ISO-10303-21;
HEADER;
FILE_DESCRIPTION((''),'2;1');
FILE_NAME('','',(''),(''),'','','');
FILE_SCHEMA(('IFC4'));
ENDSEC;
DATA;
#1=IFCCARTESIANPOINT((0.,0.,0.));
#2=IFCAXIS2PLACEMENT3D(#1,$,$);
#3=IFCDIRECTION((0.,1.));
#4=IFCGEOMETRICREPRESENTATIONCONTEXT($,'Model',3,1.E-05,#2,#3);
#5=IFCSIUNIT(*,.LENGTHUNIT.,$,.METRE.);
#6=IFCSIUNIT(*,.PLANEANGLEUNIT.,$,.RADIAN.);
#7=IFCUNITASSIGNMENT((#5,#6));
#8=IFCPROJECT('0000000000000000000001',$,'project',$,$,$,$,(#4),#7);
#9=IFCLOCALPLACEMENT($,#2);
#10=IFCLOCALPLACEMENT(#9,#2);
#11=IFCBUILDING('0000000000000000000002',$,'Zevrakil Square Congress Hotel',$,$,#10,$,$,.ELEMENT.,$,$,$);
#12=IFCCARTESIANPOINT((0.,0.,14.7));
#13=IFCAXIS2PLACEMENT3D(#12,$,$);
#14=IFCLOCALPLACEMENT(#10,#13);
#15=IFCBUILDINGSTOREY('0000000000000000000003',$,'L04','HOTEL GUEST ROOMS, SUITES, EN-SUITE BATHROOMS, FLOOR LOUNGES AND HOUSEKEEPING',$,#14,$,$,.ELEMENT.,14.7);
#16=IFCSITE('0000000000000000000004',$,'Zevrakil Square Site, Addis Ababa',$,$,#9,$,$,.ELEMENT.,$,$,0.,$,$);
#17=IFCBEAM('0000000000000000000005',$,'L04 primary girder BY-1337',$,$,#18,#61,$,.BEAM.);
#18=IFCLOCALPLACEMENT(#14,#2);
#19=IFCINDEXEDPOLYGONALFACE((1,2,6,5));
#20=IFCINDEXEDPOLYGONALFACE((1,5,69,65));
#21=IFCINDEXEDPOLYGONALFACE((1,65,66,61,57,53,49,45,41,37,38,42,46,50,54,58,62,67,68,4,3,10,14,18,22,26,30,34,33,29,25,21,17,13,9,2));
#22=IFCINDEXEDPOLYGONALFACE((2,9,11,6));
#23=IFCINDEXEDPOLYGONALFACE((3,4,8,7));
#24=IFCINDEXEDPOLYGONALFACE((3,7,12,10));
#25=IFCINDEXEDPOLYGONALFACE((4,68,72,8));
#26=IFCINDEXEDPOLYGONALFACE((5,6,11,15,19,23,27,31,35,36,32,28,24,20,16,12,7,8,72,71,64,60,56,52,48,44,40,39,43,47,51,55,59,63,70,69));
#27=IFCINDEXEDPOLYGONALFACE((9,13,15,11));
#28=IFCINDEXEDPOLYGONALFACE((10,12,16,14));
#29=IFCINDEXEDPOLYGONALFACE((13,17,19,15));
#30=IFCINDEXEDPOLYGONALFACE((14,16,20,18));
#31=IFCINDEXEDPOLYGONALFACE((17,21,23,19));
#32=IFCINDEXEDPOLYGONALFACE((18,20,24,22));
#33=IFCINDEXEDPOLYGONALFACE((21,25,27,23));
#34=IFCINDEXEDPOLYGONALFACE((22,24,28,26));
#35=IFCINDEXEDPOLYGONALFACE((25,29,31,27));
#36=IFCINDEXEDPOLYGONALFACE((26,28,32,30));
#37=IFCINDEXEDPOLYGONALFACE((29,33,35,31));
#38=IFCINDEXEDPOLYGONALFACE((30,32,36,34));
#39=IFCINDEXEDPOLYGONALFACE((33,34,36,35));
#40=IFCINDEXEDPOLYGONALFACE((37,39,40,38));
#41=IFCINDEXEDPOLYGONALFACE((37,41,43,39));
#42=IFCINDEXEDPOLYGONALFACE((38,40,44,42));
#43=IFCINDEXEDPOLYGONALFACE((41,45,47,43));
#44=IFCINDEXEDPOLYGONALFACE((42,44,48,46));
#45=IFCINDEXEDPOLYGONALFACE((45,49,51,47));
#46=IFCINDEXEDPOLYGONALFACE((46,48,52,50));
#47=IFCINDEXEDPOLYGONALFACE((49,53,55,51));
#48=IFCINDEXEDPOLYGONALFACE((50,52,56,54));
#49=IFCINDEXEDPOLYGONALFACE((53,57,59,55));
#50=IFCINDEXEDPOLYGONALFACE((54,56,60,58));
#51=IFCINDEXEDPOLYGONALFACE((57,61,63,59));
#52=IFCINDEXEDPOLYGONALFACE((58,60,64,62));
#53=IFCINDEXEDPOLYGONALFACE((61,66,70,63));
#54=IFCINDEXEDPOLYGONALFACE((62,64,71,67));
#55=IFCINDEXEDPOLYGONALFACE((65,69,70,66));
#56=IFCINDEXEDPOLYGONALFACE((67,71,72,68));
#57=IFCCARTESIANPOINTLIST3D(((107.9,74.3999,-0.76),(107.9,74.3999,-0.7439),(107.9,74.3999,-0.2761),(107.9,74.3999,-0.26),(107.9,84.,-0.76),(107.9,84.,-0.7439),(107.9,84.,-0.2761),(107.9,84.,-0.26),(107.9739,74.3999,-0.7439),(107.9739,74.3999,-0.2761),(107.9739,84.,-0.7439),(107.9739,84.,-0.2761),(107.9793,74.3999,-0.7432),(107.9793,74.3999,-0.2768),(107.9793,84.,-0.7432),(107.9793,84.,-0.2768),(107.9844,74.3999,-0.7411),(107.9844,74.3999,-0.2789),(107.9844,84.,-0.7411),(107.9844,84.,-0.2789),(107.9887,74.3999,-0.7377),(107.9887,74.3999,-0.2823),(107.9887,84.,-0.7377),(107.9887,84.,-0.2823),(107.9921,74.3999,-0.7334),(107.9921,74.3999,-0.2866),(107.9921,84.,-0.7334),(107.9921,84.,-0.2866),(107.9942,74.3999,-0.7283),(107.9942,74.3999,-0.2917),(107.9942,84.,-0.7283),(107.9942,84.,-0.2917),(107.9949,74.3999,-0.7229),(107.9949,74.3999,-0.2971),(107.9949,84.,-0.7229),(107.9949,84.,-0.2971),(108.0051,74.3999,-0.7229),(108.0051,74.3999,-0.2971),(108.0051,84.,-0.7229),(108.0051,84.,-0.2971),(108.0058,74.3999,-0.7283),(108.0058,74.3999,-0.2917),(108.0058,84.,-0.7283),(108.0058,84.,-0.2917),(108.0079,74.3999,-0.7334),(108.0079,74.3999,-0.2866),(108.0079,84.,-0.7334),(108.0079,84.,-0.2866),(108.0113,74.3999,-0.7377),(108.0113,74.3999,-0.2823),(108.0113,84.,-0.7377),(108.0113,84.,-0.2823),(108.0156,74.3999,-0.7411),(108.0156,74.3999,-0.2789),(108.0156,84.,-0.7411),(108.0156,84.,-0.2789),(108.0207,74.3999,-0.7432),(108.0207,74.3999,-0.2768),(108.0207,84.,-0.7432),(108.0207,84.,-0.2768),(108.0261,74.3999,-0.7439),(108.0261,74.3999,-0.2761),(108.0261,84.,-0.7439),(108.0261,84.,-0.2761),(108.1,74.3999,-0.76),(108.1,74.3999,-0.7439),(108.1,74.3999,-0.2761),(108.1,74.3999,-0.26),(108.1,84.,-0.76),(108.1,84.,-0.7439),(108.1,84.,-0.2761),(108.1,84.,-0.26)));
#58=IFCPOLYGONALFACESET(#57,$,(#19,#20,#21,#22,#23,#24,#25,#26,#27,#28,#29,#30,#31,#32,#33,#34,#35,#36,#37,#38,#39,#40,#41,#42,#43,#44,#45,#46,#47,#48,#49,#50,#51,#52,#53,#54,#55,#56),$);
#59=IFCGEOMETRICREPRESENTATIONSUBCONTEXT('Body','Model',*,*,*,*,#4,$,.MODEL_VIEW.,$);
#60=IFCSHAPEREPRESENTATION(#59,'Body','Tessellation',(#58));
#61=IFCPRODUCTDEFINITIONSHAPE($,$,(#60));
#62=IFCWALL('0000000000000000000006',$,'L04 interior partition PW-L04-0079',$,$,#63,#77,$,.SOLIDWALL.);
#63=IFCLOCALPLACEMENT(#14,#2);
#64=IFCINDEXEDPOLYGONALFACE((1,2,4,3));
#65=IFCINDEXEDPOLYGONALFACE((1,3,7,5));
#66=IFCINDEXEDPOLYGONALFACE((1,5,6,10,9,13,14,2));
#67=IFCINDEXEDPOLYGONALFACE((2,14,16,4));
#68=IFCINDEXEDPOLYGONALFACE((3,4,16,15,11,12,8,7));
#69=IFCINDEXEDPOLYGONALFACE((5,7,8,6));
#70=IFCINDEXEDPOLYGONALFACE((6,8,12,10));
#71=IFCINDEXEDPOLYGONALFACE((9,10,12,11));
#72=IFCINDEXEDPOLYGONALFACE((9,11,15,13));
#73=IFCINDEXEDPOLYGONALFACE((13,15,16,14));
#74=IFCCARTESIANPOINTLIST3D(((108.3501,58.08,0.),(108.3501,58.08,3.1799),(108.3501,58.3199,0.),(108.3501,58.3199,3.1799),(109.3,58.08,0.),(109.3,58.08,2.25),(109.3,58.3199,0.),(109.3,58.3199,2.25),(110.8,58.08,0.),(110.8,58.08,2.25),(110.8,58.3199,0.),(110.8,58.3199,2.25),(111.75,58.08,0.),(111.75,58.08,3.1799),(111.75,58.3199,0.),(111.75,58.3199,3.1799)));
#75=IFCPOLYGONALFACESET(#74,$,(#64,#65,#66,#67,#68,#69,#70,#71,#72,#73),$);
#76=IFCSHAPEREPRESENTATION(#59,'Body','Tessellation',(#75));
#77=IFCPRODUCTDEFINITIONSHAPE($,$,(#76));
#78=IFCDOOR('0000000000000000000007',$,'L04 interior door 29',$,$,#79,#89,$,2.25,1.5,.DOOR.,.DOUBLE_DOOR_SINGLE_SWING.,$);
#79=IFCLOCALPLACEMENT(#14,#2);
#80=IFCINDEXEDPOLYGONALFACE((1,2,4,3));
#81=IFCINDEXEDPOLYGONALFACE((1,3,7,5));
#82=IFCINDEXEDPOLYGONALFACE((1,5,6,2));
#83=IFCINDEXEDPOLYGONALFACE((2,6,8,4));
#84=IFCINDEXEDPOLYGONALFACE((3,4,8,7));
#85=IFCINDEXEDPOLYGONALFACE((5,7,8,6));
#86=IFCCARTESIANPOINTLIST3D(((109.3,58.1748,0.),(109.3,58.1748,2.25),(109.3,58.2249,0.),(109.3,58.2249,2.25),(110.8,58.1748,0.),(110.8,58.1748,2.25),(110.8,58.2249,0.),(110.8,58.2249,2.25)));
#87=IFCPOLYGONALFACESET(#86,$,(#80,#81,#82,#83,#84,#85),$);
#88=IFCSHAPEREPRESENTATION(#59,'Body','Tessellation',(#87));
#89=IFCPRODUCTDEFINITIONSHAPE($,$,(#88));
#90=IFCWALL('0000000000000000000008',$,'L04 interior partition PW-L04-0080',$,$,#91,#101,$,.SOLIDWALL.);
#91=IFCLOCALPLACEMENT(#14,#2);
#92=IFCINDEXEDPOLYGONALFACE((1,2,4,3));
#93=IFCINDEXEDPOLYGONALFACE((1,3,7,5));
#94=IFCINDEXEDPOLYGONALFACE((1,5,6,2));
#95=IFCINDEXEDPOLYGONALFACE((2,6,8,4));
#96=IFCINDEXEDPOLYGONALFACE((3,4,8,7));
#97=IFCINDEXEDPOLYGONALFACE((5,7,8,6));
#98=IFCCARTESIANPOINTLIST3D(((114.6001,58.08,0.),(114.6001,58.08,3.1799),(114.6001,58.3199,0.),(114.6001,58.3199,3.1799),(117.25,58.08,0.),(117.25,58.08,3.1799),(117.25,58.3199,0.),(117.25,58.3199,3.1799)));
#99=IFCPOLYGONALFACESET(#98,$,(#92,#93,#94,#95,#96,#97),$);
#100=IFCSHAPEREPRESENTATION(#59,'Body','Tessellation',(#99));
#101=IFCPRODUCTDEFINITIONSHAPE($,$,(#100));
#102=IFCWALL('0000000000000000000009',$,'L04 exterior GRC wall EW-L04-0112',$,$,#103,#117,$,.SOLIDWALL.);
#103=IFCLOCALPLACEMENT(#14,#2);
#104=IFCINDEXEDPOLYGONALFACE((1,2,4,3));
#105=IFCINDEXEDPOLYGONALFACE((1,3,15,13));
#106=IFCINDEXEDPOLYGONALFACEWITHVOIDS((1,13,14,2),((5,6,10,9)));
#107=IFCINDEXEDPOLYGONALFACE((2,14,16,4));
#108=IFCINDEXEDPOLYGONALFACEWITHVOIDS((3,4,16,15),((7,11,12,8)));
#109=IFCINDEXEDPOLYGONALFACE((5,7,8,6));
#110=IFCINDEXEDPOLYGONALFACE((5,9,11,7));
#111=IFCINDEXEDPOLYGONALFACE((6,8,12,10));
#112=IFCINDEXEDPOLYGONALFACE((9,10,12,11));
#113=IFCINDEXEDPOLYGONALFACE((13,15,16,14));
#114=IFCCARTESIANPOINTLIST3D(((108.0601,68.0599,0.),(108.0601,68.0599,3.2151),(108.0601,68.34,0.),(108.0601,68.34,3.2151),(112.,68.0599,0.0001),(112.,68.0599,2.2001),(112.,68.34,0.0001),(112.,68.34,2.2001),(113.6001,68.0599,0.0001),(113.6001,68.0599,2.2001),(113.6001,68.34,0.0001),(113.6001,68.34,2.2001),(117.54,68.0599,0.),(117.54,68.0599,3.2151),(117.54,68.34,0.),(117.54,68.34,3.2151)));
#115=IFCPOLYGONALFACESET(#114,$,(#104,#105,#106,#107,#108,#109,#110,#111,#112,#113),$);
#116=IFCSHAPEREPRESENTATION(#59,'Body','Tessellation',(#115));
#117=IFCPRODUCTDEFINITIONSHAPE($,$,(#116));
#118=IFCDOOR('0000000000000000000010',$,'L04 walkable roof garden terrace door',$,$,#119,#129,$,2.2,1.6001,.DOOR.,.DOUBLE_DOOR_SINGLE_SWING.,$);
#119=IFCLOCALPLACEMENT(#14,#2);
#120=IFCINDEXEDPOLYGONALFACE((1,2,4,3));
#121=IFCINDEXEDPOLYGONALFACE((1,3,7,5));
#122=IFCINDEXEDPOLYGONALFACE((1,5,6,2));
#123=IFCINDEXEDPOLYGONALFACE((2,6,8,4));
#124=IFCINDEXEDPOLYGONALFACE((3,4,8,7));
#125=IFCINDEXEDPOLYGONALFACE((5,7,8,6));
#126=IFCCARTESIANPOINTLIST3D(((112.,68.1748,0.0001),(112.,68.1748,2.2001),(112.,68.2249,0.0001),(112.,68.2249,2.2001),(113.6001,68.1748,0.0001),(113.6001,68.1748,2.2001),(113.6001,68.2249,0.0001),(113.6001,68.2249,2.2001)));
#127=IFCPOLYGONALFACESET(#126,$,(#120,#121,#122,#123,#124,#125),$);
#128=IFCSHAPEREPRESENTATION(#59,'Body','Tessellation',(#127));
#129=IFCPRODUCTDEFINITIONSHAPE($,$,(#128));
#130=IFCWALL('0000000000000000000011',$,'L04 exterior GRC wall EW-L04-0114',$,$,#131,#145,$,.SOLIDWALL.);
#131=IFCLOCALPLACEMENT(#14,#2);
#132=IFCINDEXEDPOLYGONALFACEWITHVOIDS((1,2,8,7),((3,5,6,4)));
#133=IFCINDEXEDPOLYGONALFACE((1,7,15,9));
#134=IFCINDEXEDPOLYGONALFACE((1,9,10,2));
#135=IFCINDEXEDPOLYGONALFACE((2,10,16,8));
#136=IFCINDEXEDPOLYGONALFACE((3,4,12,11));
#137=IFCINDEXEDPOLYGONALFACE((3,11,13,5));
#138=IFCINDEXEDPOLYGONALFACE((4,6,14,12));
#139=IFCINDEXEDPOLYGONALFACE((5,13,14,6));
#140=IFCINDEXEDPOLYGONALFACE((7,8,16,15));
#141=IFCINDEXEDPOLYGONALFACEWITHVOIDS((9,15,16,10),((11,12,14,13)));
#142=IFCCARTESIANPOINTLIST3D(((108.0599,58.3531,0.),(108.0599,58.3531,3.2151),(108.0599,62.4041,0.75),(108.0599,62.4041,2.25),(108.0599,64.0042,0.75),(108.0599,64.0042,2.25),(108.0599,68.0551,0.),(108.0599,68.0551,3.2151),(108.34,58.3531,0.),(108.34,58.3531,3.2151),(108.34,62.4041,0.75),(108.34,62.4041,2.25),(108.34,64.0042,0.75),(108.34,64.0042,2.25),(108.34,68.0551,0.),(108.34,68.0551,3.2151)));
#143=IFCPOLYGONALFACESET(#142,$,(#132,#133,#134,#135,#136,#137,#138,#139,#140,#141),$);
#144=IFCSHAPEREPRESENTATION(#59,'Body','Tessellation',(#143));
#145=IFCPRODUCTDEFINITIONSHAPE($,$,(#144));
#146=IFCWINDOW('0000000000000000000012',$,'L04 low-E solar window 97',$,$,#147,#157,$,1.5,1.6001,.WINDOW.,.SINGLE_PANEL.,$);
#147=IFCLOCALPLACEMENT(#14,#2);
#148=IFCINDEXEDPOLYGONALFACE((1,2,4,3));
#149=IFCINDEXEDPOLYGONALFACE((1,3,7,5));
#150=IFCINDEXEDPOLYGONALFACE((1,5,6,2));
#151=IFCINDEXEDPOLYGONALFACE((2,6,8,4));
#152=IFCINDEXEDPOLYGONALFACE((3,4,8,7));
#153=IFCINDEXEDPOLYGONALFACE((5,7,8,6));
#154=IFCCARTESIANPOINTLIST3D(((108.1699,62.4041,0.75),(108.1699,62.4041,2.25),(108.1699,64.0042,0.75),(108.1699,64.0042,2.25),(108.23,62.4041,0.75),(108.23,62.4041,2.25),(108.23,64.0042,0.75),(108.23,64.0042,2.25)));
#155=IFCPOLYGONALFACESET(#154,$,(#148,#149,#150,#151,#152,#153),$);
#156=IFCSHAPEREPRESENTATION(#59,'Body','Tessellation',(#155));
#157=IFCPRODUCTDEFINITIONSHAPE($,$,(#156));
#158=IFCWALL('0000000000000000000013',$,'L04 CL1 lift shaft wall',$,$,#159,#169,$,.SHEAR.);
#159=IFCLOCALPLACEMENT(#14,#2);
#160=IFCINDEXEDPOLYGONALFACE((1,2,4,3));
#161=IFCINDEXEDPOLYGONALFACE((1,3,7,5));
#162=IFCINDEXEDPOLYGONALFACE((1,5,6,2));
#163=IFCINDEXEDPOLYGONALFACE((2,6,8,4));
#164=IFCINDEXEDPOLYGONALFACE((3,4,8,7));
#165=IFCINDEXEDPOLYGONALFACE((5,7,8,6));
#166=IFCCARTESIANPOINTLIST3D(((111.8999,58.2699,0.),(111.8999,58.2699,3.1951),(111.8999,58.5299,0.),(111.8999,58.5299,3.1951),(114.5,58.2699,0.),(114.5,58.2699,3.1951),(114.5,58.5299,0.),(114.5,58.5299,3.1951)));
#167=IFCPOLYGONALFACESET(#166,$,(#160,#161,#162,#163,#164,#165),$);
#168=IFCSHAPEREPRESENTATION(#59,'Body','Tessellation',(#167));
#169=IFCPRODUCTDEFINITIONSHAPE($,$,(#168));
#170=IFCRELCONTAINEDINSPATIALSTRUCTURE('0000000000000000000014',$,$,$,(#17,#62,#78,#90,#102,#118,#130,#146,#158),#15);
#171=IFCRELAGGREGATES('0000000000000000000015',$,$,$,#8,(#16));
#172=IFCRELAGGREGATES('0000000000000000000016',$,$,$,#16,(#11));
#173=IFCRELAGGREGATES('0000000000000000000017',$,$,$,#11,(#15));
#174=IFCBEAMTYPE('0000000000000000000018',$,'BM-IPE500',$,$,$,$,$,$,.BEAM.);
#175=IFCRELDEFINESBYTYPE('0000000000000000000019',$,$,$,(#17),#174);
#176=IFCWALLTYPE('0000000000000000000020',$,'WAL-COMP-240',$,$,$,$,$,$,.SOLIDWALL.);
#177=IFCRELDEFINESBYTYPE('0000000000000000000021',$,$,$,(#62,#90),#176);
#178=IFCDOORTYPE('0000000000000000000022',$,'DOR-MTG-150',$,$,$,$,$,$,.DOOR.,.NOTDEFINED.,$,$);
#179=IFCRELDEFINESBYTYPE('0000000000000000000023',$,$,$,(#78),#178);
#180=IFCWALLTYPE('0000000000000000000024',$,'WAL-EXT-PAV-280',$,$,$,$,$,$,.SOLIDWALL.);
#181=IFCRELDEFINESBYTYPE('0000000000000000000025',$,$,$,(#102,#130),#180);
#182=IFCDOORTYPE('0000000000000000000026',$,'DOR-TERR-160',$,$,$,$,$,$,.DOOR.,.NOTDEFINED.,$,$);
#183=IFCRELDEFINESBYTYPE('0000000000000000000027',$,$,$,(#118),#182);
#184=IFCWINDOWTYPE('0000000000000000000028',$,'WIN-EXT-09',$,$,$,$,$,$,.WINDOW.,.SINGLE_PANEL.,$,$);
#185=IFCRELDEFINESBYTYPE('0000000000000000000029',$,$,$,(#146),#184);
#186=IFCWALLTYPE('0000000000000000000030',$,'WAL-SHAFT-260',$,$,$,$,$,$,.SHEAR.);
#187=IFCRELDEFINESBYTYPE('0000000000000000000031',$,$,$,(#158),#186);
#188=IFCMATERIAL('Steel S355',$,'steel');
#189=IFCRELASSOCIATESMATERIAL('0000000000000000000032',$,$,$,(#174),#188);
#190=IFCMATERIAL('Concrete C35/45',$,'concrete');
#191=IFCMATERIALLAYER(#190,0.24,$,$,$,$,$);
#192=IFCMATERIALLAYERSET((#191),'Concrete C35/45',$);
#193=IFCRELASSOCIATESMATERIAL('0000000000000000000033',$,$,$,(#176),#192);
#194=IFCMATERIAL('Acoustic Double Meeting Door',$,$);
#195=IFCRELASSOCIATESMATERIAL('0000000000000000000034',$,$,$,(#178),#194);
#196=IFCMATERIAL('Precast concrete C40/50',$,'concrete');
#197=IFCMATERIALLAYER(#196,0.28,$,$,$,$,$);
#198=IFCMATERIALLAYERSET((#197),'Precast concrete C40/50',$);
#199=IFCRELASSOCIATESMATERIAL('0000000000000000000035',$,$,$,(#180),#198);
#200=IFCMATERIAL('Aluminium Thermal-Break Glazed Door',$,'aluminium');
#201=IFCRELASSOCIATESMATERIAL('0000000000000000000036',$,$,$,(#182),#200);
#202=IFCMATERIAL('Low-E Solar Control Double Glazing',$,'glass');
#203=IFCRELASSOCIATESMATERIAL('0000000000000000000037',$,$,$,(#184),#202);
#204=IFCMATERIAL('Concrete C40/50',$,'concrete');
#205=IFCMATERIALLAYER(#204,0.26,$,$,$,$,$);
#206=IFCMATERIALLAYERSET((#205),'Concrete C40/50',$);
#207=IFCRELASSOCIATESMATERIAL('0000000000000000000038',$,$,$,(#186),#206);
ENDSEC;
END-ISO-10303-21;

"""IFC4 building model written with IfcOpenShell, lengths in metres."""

from ifc_helpers import new_model, si_unit, direction, frame, frame_2d, origin, origin_2d, place, context, subcontext, project, spatial, rectangle, i_section, extrude, material, layer, layer_set, material_profile, profile_set, type_object, element, fill, save


model = new_model("IFC4")

# Units and contexts
model_context = context("Model", 3, precision=1e-05, world=origin(), true_north=direction((0.0, 1.0)))
body_context = subcontext(model_context, "Body", "Model", "MODEL_VIEW")
ifc_project = project(units=[si_unit("LENGTHUNIT", "METRE"), si_unit("PLANEANGLEUNIT", "RADIAN")], contexts=[model_context])

# Site, building, storey
site_placement = place(None, origin())
site = spatial("IfcSite", under=ifc_project, at=site_placement, Name="Zevrakil Square Site, Addis Ababa", CompositionType="ELEMENT", RefElevation=0.0)
building_placement = place(site_placement, origin())
building = spatial("IfcBuilding", under=site, at=building_placement, Name="Zevrakil Square Congress Hotel", CompositionType="ELEMENT")
storey_placement = place(building_placement, frame((0.0, 0.0, 14.7)))
storey = spatial("IfcBuildingStorey", under=building, at=storey_placement, Name="L04", Description="HOTEL GUEST ROOMS, SUITES, EN-SUITE BATHROOMS, FLOOR LOUNGES AND HOUSEKEEPING", CompositionType="ELEMENT", Elevation=14.7)

# Beam
ifc_material_1 = material(Name="Steel S355", Category="steel")
ifc_material_profile_1 = material_profile(ifc_material_1, i_section(OverallWidth=0.2, OverallDepth=0.5, WebThickness=0.0103, FlangeThickness=0.0161, FilletRadius=0.021, at=origin_2d()), Name="IPE 500")
ifc_profile_set_1 = profile_set([ifc_material_profile_1], Name="Steel S355")
beam_type_1 = type_object("IfcBeamType", Name="BM-IPE500", PredefinedType="BEAM", material=ifc_profile_set_1)
beam_1_placement = place(storey_placement, frame((108.0, 74.3999, -0.51), z_axis=(0.0, 1.0, 0.0), x_axis=(-1.0, 0.0, 0.0)))
element("IfcBeam", 1, at=beam_1_placement, inside=storey, type_object=beam_type_1, Name="L04 primary girder BY-1337", PredefinedType="BEAM", context=body_context, shape_type="SweptSolid", body=[
    extrude(i_section(OverallWidth=0.2, OverallDepth=0.5, WebThickness=0.0103, FlangeThickness=0.0161, FilletRadius=0.021, at=origin_2d()), origin(), (0.0, 0.0, 1.0), 9.6001),
])

# Wall, opening, door
ifc_material_2 = material(Name="Concrete C35/45", Category="concrete")
ifc_layer_1 = layer(ifc_material_2, 0.24)
ifc_layer_set_1 = layer_set([ifc_layer_1], Name="Concrete C35/45")
wall_type_1 = type_object("IfcWallType", Name="WAL-COMP-240", PredefinedType="SOLIDWALL", material=ifc_layer_set_1)
wall_1_placement = place(storey_placement, frame((108.3501, 58.2, 0.0), z_axis=(0.0, 0.0, 1.0), x_axis=(1.0, 0.0, 0.0)))
wall_1 = element("IfcWall", 2, at=wall_1_placement, inside=storey, type_object=wall_type_1, Name="L04 interior partition PW-L04-0079", PredefinedType="SOLIDWALL", context=body_context, shape_type="SweptSolid", body=[
    extrude(rectangle(XDim=3.3999, YDim=0.24, at=frame_2d((1.7, 0.0))), origin(), (0.0, 0.0, 1.0), 3.1799),
])
opening_1_placement = place(wall_1_placement, frame((0.95, 0.0, 0.0)))
opening_1 = element("IfcOpeningElement", 3, at=opening_1_placement, cuts=wall_1, PredefinedType="OPENING", context=body_context, shape_type="SweptSolid", body=[
    extrude(rectangle(XDim=1.5, YDim=2.25, at=frame_2d((0.75, 1.125))), frame((0.0, 0.1299, 0.0), z_axis=(0.0, -1.0, 0.0), x_axis=(1.0, 0.0, 0.0)), (0.0, 0.0, 1.0), 0.26),
])
ifc_material_3 = material(Name="Acoustic Double Meeting Door")
door_type_1 = type_object("IfcDoorType", Name="DOR-MTG-150", OperationType="NOTDEFINED", PredefinedType="DOOR", material=ifc_material_3)
door_1_placement = place(opening_1_placement, origin())
door_1 = element("IfcDoor", 4, at=door_1_placement, inside=storey, type_object=door_type_1, Name="L04 interior door 29", OperationType="DOUBLE_DOOR_SINGLE_SWING", OverallHeight=2.25, OverallWidth=1.5, PredefinedType="DOOR", context=body_context, shape_type="SweptSolid", body=[
    extrude(rectangle(XDim=1.5, YDim=2.25, at=frame_2d((0.75, 1.125))), frame((0.0, 0.0249, 0.0), z_axis=(0.0, -1.0, 0.0), x_axis=(1.0, 0.0, 0.0)), (0.0, 0.0, 1.0), 0.05),
])
fill(opening_1, door_1)

# Wall
wall_2_placement = place(storey_placement, frame((114.6001, 58.2, 0.0), z_axis=(0.0, 0.0, 1.0), x_axis=(1.0, 0.0, 0.0)))
element("IfcWall", 5, at=wall_2_placement, inside=storey, type_object=wall_type_1, Name="L04 interior partition PW-L04-0080", PredefinedType="SOLIDWALL", context=body_context, shape_type="SweptSolid", body=[
    extrude(rectangle(XDim=2.6499, YDim=0.24, at=frame_2d((1.325, 0.0))), origin(), (0.0, 0.0, 1.0), 3.1799),
])

# Wall, opening, door
ifc_material_4 = material(Name="Precast concrete C40/50", Category="concrete")
ifc_layer_2 = layer(ifc_material_4, 0.28)
ifc_layer_set_2 = layer_set([ifc_layer_2], Name="Precast concrete C40/50")
wall_type_2 = type_object("IfcWallType", Name="WAL-EXT-PAV-280", PredefinedType="SOLIDWALL", material=ifc_layer_set_2)
wall_3_placement = place(storey_placement, frame((108.0601, 68.2, 0.0), z_axis=(0.0, 0.0, 1.0), x_axis=(1.0, 0.0, 0.0)))
wall_3 = element("IfcWall", 6, at=wall_3_placement, inside=storey, type_object=wall_type_2, Name="L04 exterior GRC wall EW-L04-0112", PredefinedType="SOLIDWALL", context=body_context, shape_type="SweptSolid", body=[
    extrude(rectangle(XDim=9.48, YDim=0.28, at=frame_2d((4.74, 0.0))), origin(), (0.0, 0.0, 1.0), 3.2151),
])
opening_2_placement = place(wall_3_placement, frame((3.9399, 0.0, 0.0)))
opening_2 = element("IfcOpeningElement", 7, at=opening_2_placement, cuts=wall_3, PredefinedType="OPENING", context=body_context, shape_type="SweptSolid", body=[
    extrude(rectangle(XDim=1.6001, YDim=2.2, at=frame_2d((0.8, 1.1001))), frame((0.0, 0.1499, 0.0), z_axis=(0.0, -1.0, 0.0), x_axis=(1.0, 0.0, 0.0)), (0.0, 0.0, 1.0), 0.3),
])
ifc_material_5 = material(Name="Aluminium Thermal-Break Glazed Door", Category="aluminium")
door_type_2 = type_object("IfcDoorType", Name="DOR-TERR-160", OperationType="NOTDEFINED", PredefinedType="DOOR", material=ifc_material_5)
door_2_placement = place(opening_2_placement, origin())
door_2 = element("IfcDoor", 8, at=door_2_placement, inside=storey, type_object=door_type_2, Name="L04 walkable roof garden terrace door", OperationType="DOUBLE_DOOR_SINGLE_SWING", OverallHeight=2.2, OverallWidth=1.6001, PredefinedType="DOOR", context=body_context, shape_type="SweptSolid", body=[
    extrude(rectangle(XDim=1.6001, YDim=2.2, at=frame_2d((0.8, 1.1001))), frame((0.0, 0.0249, 0.0), z_axis=(0.0, -1.0, 0.0), x_axis=(1.0, 0.0, 0.0)), (0.0, 0.0, 1.0), 0.05),
])
fill(opening_2, door_2)

# Wall, opening, window
wall_4_placement = place(storey_placement, frame((108.2, 58.353, 0.0), z_axis=(0.0, 0.0, 1.0), x_axis=(0.0, 1.0, 0.0)))
wall_4 = element("IfcWall", 9, at=wall_4_placement, inside=storey, type_object=wall_type_2, Name="L04 exterior GRC wall EW-L04-0114", PredefinedType="SOLIDWALL", context=body_context, shape_type="SweptSolid", body=[
    extrude(rectangle(XDim=9.7019, YDim=0.28, at=frame_2d((4.8511, 0.0))), origin(), (0.0, 0.0, 1.0), 3.2151),
])
opening_3_placement = place(wall_4_placement, frame((4.051, 0.0, 0.75)))
opening_3 = element("IfcOpeningElement", 10, at=opening_3_placement, cuts=wall_4, PredefinedType="OPENING", context=body_context, shape_type="SweptSolid", body=[
    extrude(rectangle(XDim=1.6001, YDim=1.5, at=frame_2d((0.8, 0.75))), frame((0.0, 0.1499, 0.0), z_axis=(0.0, -1.0, 0.0), x_axis=(1.0, 0.0, 0.0)), (0.0, 0.0, 1.0), 0.3),
])
ifc_material_6 = material(Name="Low-E Solar Control Double Glazing", Category="glass")
window_type = type_object("IfcWindowType", Name="WIN-EXT-09", PartitioningType="SINGLE_PANEL", PredefinedType="WINDOW", material=ifc_material_6)
window_placement = place(opening_3_placement, origin())
window = element("IfcWindow", 11, at=window_placement, inside=storey, type_object=window_type, Name="L04 low-E solar window 97", OverallHeight=1.5, OverallWidth=1.6001, PartitioningType="SINGLE_PANEL", PredefinedType="WINDOW", context=body_context, shape_type="SweptSolid", body=[
    extrude(rectangle(XDim=1.6001, YDim=1.5, at=frame_2d((0.8, 0.75))), frame((0.0, 0.03, 0.0), z_axis=(0.0, -1.0, 0.0), x_axis=(1.0, 0.0, 0.0)), (0.0, 0.0, 1.0), 0.0601),
])
fill(opening_3, window)

# Wall
ifc_material_7 = material(Name="Concrete C40/50", Category="concrete")
ifc_layer_3 = layer(ifc_material_7, 0.26)
ifc_layer_set_3 = layer_set([ifc_layer_3], Name="Concrete C40/50")
wall_type_3 = type_object("IfcWallType", Name="WAL-SHAFT-260", PredefinedType="SHEAR", material=ifc_layer_set_3)
for number, where, z_axis, x_axis, name in (
    (12, (111.8999, 58.3999, 0.0), (0.0, 0.0, 1.0), (1.0, 0.0, 0.0), "L04 CL1 lift shaft wall"),
):
    element("IfcWall", number, at=place(storey_placement, frame(where, z_axis=z_axis, x_axis=x_axis)), inside=storey, type_object=wall_type_3, Name=name, PredefinedType="SHEAR", context=body_context, shape_type="SweptSolid", body=[
        extrude(rectangle(XDim=2.6001, YDim=0.26, at=frame_2d((1.3, 0.0))), origin(), (0.0, 0.0, 1.0), 3.1951),
    ])

save(model, "model.ifc")
